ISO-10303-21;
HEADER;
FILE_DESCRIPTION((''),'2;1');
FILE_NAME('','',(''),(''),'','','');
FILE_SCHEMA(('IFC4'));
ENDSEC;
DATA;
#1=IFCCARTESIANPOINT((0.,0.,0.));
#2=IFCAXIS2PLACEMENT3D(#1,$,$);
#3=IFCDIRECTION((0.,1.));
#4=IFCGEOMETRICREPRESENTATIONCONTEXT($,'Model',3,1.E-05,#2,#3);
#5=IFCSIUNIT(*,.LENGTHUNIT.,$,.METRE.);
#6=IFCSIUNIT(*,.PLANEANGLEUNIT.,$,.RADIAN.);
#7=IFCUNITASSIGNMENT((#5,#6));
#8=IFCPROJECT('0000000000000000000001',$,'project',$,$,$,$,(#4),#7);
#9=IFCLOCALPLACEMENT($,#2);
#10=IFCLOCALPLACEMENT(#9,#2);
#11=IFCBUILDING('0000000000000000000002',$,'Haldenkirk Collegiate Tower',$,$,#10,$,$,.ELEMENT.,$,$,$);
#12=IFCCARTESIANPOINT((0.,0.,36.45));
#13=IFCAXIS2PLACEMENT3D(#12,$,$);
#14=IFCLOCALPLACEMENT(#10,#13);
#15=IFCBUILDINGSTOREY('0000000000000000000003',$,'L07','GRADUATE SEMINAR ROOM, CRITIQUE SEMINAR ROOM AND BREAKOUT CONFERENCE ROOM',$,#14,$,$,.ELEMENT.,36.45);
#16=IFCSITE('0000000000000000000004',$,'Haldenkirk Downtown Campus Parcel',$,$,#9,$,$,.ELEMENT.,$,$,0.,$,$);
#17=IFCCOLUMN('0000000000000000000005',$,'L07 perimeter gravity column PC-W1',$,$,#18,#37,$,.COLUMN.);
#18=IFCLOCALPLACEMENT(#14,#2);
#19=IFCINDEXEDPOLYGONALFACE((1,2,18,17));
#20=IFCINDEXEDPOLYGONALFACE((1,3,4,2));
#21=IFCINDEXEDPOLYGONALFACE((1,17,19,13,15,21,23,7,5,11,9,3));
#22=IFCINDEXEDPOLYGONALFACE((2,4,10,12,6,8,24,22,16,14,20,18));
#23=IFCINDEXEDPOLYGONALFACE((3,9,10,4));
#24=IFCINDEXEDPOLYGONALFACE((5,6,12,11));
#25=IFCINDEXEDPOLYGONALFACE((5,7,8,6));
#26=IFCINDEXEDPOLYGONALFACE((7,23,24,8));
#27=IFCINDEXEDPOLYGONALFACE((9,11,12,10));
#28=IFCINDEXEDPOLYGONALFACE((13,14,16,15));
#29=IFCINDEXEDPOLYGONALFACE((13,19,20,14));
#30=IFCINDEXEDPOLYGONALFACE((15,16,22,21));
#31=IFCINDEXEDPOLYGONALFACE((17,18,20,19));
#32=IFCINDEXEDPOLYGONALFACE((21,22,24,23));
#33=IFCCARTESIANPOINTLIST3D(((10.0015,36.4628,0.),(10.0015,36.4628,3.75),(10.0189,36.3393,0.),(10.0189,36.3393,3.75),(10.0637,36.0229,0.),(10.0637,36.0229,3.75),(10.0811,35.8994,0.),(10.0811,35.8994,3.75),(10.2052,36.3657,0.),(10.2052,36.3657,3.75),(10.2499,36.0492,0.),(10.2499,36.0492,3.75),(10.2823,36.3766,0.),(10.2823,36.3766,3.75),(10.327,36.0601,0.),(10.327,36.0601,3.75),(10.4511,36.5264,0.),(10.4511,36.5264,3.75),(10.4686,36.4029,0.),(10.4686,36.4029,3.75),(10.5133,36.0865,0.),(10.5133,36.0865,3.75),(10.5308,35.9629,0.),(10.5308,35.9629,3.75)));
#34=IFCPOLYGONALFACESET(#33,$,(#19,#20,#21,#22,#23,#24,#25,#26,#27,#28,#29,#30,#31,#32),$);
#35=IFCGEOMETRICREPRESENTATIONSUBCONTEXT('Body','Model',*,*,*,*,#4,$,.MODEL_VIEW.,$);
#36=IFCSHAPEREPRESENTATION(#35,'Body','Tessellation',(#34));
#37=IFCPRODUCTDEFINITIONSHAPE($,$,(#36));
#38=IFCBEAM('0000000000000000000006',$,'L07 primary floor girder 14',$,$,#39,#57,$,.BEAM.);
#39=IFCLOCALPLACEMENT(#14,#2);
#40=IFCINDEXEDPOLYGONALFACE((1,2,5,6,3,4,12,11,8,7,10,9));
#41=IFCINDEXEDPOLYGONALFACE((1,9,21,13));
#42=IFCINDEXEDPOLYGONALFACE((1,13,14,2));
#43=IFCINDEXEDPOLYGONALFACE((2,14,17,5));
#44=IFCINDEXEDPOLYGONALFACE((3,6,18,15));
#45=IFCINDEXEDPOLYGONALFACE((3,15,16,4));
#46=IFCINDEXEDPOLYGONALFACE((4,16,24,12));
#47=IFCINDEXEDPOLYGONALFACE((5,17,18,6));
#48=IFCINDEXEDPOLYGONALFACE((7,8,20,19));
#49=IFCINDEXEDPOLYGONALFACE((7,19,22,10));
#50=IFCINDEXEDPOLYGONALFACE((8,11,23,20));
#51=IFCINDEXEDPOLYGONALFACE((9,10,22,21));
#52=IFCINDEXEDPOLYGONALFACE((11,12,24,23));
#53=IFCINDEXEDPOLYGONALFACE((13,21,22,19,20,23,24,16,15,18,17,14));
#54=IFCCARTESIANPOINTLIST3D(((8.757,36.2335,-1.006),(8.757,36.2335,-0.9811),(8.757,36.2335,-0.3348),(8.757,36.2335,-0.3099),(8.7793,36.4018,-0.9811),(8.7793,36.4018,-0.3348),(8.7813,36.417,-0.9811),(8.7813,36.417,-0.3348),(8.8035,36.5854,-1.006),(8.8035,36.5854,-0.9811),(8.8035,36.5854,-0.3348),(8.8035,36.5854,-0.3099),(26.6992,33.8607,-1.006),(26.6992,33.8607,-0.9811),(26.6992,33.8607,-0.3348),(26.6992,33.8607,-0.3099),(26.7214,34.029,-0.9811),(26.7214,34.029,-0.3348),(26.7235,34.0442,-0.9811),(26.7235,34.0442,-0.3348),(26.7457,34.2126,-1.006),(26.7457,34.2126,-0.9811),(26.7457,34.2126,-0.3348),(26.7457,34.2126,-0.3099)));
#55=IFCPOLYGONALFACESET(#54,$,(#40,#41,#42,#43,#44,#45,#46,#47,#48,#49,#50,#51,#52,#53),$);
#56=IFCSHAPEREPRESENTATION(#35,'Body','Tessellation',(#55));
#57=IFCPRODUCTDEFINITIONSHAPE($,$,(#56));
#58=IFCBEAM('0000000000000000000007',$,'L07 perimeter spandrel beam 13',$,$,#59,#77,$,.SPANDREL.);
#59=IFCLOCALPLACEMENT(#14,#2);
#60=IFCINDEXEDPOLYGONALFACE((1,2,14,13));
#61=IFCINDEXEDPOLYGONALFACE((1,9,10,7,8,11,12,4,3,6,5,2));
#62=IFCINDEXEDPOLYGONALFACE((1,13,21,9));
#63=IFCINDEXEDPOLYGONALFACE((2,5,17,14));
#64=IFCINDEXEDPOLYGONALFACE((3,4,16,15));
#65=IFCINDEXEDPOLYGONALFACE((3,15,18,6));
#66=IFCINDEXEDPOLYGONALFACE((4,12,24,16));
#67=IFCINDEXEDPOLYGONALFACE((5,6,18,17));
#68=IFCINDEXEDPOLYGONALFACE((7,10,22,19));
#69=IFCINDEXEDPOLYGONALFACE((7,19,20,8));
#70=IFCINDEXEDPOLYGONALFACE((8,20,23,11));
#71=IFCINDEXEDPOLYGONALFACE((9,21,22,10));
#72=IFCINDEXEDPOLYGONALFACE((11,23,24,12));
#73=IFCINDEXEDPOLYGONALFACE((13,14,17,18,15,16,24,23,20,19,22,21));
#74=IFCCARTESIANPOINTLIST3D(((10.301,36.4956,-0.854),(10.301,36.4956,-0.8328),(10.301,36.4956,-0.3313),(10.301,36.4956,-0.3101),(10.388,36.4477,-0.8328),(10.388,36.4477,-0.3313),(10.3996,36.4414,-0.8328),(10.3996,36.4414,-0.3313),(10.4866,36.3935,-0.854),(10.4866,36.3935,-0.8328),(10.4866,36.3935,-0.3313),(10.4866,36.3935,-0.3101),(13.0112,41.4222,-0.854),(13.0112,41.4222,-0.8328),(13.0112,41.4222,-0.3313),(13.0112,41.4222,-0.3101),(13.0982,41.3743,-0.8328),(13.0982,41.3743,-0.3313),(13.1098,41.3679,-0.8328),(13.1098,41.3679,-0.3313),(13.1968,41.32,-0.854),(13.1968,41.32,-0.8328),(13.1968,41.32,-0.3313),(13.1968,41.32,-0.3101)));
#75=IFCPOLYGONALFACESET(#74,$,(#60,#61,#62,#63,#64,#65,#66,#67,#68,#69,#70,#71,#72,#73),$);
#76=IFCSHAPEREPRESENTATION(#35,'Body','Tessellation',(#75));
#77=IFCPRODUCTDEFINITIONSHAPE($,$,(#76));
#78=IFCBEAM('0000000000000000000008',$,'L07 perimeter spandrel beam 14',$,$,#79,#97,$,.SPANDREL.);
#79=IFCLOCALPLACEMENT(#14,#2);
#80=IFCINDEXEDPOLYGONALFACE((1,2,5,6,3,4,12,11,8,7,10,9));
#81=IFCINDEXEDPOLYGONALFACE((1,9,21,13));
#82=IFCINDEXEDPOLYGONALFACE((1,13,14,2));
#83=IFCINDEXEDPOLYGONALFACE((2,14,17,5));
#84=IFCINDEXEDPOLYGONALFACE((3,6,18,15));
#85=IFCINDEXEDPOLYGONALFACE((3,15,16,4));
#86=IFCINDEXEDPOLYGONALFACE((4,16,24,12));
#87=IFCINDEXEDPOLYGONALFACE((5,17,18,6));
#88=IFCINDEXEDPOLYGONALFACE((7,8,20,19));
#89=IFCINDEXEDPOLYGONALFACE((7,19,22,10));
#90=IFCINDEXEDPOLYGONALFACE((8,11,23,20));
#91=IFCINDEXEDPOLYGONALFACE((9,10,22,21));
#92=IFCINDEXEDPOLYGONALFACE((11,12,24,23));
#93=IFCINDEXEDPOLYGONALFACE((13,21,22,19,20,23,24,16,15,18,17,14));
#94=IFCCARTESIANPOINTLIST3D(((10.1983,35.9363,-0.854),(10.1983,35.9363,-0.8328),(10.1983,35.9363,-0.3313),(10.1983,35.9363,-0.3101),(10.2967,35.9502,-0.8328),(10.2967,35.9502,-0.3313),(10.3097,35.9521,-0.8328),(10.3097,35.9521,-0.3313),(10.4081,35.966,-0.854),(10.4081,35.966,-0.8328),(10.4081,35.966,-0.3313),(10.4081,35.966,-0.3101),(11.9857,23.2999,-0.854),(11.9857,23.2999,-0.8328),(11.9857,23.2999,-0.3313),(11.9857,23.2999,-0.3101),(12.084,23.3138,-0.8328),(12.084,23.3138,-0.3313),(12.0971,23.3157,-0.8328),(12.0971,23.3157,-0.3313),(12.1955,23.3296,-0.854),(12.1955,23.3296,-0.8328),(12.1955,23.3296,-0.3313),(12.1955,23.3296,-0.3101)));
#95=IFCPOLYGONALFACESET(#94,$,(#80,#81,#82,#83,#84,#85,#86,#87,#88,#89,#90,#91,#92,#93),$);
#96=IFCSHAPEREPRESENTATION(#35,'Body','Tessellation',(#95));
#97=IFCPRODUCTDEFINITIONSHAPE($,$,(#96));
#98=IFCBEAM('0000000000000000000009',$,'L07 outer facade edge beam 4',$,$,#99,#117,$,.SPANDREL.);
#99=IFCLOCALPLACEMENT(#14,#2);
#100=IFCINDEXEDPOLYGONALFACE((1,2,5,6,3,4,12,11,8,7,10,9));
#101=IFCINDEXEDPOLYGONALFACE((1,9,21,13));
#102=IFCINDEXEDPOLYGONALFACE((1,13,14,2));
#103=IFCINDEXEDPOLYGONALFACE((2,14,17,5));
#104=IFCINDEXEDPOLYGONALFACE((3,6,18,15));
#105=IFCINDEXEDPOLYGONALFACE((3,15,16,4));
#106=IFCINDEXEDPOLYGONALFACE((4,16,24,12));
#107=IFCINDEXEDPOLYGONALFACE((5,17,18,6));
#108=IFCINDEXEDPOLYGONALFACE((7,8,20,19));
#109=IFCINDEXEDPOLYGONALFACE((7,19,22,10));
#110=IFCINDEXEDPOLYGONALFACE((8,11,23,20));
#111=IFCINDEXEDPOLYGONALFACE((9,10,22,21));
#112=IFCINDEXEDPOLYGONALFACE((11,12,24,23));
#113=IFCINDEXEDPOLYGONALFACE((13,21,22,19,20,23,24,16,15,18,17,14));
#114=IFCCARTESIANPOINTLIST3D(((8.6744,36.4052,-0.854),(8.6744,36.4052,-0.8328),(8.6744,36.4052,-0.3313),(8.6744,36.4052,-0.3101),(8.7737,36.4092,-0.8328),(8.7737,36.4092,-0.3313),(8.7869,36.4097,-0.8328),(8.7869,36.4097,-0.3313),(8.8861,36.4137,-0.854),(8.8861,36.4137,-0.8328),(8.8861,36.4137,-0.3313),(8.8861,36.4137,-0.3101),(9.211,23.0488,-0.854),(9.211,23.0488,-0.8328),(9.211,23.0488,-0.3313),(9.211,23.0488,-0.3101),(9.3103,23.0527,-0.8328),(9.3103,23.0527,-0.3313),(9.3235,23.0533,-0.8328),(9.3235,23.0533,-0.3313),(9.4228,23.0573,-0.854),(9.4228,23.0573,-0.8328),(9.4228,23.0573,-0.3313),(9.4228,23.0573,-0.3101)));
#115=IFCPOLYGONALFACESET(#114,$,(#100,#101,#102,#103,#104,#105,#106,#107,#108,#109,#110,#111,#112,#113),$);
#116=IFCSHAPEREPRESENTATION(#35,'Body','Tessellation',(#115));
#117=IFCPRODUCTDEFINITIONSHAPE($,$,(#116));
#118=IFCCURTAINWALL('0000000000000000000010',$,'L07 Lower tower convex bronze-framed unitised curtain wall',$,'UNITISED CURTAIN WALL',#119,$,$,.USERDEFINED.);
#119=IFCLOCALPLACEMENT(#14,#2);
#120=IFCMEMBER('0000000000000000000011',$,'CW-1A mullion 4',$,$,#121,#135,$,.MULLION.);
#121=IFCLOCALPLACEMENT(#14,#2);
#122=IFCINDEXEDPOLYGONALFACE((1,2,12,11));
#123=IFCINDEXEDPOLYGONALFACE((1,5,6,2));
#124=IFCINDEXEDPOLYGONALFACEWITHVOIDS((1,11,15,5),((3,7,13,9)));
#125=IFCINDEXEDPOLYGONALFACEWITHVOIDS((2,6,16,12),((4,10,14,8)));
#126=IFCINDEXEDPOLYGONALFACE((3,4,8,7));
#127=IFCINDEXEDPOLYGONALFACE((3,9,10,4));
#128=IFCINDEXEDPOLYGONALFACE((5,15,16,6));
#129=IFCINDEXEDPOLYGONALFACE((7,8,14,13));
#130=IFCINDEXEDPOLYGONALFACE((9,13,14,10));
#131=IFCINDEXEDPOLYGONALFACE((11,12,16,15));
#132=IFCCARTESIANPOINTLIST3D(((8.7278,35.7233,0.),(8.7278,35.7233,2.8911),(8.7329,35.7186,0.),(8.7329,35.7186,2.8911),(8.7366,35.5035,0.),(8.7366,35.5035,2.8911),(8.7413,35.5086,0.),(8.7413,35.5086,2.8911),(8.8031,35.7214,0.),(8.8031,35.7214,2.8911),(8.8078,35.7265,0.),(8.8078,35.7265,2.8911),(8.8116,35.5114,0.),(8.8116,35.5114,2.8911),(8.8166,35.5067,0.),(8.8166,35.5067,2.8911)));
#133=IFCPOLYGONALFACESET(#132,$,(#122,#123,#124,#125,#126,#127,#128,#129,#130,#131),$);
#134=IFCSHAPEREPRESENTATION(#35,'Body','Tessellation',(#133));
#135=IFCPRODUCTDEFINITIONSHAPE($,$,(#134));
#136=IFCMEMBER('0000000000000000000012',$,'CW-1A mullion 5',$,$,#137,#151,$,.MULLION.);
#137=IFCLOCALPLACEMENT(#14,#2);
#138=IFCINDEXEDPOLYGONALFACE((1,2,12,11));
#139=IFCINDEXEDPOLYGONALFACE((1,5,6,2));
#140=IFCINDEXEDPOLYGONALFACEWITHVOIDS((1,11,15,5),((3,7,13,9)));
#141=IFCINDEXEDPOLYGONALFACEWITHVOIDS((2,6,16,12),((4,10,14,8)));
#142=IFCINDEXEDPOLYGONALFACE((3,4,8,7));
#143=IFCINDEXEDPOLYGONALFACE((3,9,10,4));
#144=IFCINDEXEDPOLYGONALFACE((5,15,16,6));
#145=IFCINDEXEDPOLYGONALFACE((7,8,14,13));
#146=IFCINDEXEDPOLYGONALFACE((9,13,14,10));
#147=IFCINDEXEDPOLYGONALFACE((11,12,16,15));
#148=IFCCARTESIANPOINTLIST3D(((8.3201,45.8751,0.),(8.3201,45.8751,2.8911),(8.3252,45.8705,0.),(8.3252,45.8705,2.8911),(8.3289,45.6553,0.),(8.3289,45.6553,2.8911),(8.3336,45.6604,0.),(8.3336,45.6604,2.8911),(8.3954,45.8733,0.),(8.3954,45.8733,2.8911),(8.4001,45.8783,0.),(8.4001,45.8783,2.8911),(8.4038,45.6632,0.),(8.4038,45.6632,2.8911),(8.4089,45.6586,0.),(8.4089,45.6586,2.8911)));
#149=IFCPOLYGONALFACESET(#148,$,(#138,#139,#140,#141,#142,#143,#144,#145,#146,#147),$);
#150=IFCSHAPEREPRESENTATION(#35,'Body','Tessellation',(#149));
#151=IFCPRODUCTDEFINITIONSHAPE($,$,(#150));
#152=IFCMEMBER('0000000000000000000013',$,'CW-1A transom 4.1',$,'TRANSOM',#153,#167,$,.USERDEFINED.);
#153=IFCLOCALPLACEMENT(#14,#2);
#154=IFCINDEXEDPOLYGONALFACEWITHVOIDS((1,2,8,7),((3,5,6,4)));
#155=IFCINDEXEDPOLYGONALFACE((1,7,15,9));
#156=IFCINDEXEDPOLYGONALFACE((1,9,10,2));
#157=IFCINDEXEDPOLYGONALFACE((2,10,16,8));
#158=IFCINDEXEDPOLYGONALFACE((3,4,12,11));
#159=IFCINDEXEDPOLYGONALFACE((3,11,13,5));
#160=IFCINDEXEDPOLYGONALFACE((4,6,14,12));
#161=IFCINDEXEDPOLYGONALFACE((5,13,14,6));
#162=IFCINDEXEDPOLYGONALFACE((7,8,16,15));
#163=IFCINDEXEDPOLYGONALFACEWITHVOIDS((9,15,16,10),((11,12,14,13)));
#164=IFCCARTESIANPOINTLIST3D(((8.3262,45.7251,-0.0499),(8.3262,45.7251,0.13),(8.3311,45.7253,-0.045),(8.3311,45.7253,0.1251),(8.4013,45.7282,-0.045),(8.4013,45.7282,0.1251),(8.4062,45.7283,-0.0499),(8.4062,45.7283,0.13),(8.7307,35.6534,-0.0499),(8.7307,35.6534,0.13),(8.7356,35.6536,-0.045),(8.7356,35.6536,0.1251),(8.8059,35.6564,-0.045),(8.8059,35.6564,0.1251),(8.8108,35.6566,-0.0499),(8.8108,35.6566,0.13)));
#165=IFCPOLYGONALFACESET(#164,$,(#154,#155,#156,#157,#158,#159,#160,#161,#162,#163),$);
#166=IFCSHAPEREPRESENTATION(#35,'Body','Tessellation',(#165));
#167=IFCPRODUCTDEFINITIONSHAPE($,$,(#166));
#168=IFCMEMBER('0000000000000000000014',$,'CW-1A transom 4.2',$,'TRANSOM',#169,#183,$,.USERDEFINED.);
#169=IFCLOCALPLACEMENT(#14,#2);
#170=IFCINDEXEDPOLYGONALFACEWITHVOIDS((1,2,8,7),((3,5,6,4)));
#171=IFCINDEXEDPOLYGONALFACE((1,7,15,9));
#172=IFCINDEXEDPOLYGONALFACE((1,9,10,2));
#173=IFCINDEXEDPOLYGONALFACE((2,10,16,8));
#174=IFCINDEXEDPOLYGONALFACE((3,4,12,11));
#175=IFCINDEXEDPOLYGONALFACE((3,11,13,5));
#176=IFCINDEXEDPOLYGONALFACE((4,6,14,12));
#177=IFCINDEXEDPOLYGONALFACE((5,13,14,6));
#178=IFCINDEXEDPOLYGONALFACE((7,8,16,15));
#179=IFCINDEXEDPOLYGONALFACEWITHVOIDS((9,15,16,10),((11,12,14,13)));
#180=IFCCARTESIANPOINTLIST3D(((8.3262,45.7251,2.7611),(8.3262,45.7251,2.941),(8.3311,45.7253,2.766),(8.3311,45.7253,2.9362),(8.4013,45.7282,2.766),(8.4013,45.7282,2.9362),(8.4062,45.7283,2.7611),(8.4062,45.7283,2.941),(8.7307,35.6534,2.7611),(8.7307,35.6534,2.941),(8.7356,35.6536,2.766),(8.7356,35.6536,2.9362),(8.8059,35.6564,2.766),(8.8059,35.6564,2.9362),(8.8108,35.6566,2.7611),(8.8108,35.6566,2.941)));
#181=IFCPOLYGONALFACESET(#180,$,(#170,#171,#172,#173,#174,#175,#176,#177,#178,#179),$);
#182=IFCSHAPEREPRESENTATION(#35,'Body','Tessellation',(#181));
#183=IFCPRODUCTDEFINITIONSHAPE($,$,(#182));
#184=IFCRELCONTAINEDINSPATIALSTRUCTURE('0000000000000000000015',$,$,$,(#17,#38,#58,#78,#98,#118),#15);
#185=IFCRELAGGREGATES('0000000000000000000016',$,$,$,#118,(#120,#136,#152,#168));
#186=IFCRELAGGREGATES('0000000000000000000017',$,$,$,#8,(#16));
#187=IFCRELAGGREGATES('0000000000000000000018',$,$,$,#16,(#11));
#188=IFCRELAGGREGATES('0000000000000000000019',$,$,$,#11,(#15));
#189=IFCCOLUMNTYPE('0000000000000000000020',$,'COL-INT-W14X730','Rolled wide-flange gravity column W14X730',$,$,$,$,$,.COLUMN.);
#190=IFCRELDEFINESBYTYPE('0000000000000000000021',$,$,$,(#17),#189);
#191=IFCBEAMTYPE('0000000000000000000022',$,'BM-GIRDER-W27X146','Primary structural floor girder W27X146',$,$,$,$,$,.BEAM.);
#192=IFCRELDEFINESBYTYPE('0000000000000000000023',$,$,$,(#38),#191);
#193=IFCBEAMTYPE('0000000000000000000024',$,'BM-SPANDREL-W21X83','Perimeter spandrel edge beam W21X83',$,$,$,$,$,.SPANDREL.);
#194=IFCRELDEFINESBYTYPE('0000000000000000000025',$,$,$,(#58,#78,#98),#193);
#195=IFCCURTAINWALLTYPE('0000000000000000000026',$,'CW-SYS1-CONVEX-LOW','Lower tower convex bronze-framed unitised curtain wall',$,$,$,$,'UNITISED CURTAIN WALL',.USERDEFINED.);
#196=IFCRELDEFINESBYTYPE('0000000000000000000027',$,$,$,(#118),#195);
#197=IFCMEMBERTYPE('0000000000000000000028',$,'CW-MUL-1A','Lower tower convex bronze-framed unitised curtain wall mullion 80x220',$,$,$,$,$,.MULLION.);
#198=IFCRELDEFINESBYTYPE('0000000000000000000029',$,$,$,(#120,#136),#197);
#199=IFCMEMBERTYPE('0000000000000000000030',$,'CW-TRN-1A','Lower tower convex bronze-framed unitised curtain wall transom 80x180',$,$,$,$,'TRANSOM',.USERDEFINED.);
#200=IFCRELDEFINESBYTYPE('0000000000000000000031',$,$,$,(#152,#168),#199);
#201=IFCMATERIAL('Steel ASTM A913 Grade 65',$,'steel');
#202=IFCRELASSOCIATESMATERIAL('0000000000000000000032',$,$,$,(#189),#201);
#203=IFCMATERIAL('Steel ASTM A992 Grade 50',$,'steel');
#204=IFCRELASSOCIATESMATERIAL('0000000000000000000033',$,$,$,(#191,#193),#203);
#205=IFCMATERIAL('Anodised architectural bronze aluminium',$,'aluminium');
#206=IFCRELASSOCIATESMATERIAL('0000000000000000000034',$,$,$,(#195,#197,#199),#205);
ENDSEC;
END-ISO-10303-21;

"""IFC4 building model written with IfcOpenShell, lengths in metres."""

from ifc_helpers import new_model, si_unit, direction, frame, origin, origin_2d, place, context, subcontext, project, spatial, hollow_rectangle, i_section, extrude, material, material_profile, profile_set, type_object, element, aggregate, save


model = new_model("IFC4")

# Units and contexts
model_context = context("Model", 3, precision=1e-05, world=origin(), true_north=direction((0.0, 1.0)))
body_context = subcontext(model_context, "Body", "Model", "MODEL_VIEW")
ifc_project = project(units=[si_unit("LENGTHUNIT", "METRE"), si_unit("PLANEANGLEUNIT", "RADIAN")], contexts=[model_context])

# Site, building, storey
site_placement = place(None, origin())
site = spatial("IfcSite", under=ifc_project, at=site_placement, Name="Haldenkirk Downtown Campus Parcel", CompositionType="ELEMENT", RefElevation=0.0)
building_placement = place(site_placement, origin())
building = spatial("IfcBuilding", under=site, at=building_placement, Name="Haldenkirk Collegiate Tower", CompositionType="ELEMENT")
storey_placement = place(building_placement, frame((0.0, 0.0, 36.45)))
storey = spatial("IfcBuildingStorey", under=building, at=storey_placement, Name="L07", Description="GRADUATE SEMINAR ROOM, CRITIQUE SEMINAR ROOM AND BREAKOUT CONFERENCE ROOM", CompositionType="ELEMENT", Elevation=36.45)

# Column
ifc_material_1 = material(Name="Steel ASTM A913 Grade 65", Category="steel")
ifc_material_profile_1 = material_profile(ifc_material_1, i_section(OverallWidth=0.4541, OverallDepth=0.5691, WebThickness=0.0779, FlangeThickness=0.1248, at=origin_2d()), Name="W14X730")
ifc_profile_set_1 = profile_set([ifc_material_profile_1], Name="Steel ASTM A913 Grade 65")
column_type = type_object("IfcColumnType", Name="COL-INT-W14X730", Description="Rolled wide-flange gravity column W14X730", PredefinedType="COLUMN", material=ifc_profile_set_1)
column_placement = place(storey_placement, frame((10.2661, 36.2129, 0.0), z_axis=(0.0, 0.0, 1.0), x_axis=(0.990146, 0.140037, 0.0)))
element("IfcColumn", 1, at=column_placement, inside=storey, type_object=column_type, Name="L07 perimeter gravity column PC-W1", PredefinedType="COLUMN", context=body_context, shape_type="SweptSolid", body=[
    extrude(i_section(OverallWidth=0.4541, OverallDepth=0.5691, WebThickness=0.0779, FlangeThickness=0.1248, at=origin_2d()), origin(), (0.0, 0.0, 1.0), 3.75),
])

# Beams
ifc_material_2 = material(Name="Steel ASTM A992 Grade 50", Category="steel")
ifc_material_profile_2 = material_profile(ifc_material_2, i_section(OverallWidth=0.355, OverallDepth=0.696, WebThickness=0.0154, FlangeThickness=0.0249, at=origin_2d()), Name="W27X146")
ifc_profile_set_2 = profile_set([ifc_material_profile_2], Name="Steel ASTM A992 Grade 50")
beam_type_1 = type_object("IfcBeamType", Name="BM-GIRDER-W27X146", Description="Primary structural floor girder W27X146", PredefinedType="BEAM", material=ifc_profile_set_2)
beam_1_placement = place(storey_placement, frame((8.7803, 36.4094, -0.658), z_axis=(0.991368, -0.131106, 0.0), x_axis=(0.131106, 0.991368, 0.0)))
element("IfcBeam", 2, at=beam_1_placement, inside=storey, type_object=beam_type_1, Name="L07 primary floor girder 14", PredefinedType="BEAM", context=body_context, shape_type="SweptSolid", body=[
    extrude(i_section(OverallWidth=0.355, OverallDepth=0.696, WebThickness=0.0154, FlangeThickness=0.0249, at=origin_2d()), origin(), (0.0, 0.0, 1.0), 18.0984),
])
ifc_material_profile_3 = material_profile(ifc_material_2, i_section(OverallWidth=0.2119, OverallDepth=0.5439, WebThickness=0.0132, FlangeThickness=0.0212, at=origin_2d()), Name="W21X83")
ifc_profile_set_3 = profile_set([ifc_material_profile_3], Name="Steel ASTM A992 Grade 50")
beam_type_2 = type_object("IfcBeamType", Name="BM-SPANDREL-W21X83", Description="Perimeter spandrel edge beam W21X83", PredefinedType="SPANDREL", material=ifc_profile_set_3)
beam_2_placement = place(storey_placement, frame((13.104, 41.3711, -0.582), z_axis=(-0.482004, -0.876169, 0.0), x_axis=(0.876169, -0.482004, 0.0)))
element("IfcBeam", 3, at=beam_2_placement, inside=storey, type_object=beam_type_2, Name="L07 perimeter spandrel beam 13", PredefinedType="SPANDREL", context=body_context, shape_type="SweptSolid", body=[
    extrude(i_section(OverallWidth=0.2119, OverallDepth=0.5439, WebThickness=0.0132, FlangeThickness=0.0212, at=origin_2d()), origin(), (0.0, 0.0, 1.0), 5.6228),
])
beam_3_placement = place(storey_placement, frame((10.3032, 35.9512, -0.582), z_axis=(0.14005, -0.990144, 0.0), x_axis=(0.990144, 0.14005, 0.0)))
element("IfcBeam", 4, at=beam_3_placement, inside=storey, type_object=beam_type_2, Name="L07 perimeter spandrel beam 14", PredefinedType="SPANDREL", context=body_context, shape_type="SweptSolid", body=[
    extrude(i_section(OverallWidth=0.2119, OverallDepth=0.5439, WebThickness=0.0132, FlangeThickness=0.0212, at=origin_2d()), origin(), (0.0, 0.0, 1.0), 12.7622),
])
beam_4_placement = place(storey_placement, frame((8.7803, 36.4094, -0.582), z_axis=(0.040145, -0.999194, 0.0), x_axis=(0.999194, 0.040145, 0.0)))
element("IfcBeam", 5, at=beam_4_placement, inside=storey, type_object=beam_type_2, Name="L07 outer facade edge beam 4", PredefinedType="SPANDREL", context=body_context, shape_type="SweptSolid", body=[
    extrude(i_section(OverallWidth=0.2119, OverallDepth=0.5439, WebThickness=0.0132, FlangeThickness=0.0212, at=origin_2d()), origin(), (0.0, 0.0, 1.0), 13.3672),
])

# Curtain wall, members
ifc_material_3 = material(Name="Anodised architectural bronze aluminium", Category="aluminium")
curtain_wall_type = type_object("IfcCurtainWallType", Name="CW-SYS1-CONVEX-LOW", Description="Lower tower convex bronze-framed unitised curtain wall", ElementType="UNITISED CURTAIN WALL", PredefinedType="USERDEFINED", material=ifc_material_3)
curtain_wall_placement = place(storey_placement, origin())
curtain_wall = element("IfcCurtainWall", 6, at=curtain_wall_placement, inside=storey, type_object=curtain_wall_type, Name="L07 Lower tower convex bronze-framed unitised curtain wall", ObjectType="UNITISED CURTAIN WALL", PredefinedType="USERDEFINED")
ifc_material_profile_4 = material_profile(ifc_material_3, hollow_rectangle(XDim=0.0801, YDim=0.22, WallThickness=0.0049, at=origin_2d()), Name="CW-MUL-1A")
ifc_profile_set_4 = profile_set([ifc_material_profile_4], Name="Anodised architectural bronze aluminium")
member_type_1 = type_object("IfcMemberType", Name="CW-MUL-1A", Description="Lower tower convex bronze-framed unitised curtain wall mullion 80x220", PredefinedType="MULLION", material=ifc_profile_set_4)
member_1_placement = place(storey_placement, frame((8.7722, 35.615, 0.0), z_axis=(0.0, 0.0, 1.0), x_axis=(-0.999194, -0.040132, 0.0)))
member_1 = element("IfcMember", 7, at=member_1_placement, type_object=member_type_1, Name="CW-1A mullion 4", PredefinedType="MULLION", context=body_context, shape_type="SweptSolid", body=[
    extrude(hollow_rectangle(XDim=0.0801, YDim=0.22, WallThickness=0.0049, at=origin_2d()), origin(), (0.0, 0.0, 1.0), 2.8911),
])
member_2_placement = place(storey_placement, frame((8.3645, 45.7668, 0.0), z_axis=(0.0, 0.0, 1.0), x_axis=(-0.999194, -0.040132, 0.0)))
member_2 = element("IfcMember", 8, at=member_2_placement, type_object=member_type_1, Name="CW-1A mullion 5", PredefinedType="MULLION", context=body_context, shape_type="SweptSolid", body=[
    extrude(hollow_rectangle(XDim=0.0801, YDim=0.22, WallThickness=0.0049, at=origin_2d()), origin(), (0.0, 0.0, 1.0), 2.8911),
])
ifc_material_profile_5 = material_profile(ifc_material_3, hollow_rectangle(XDim=0.0801, YDim=0.1799, WallThickness=0.0049, at=origin_2d()), Name="CW-TRN-1A")
ifc_profile_set_5 = profile_set([ifc_material_profile_5], Name="Anodised architectural bronze aluminium")
member_type_2 = type_object("IfcMemberType", Name="CW-TRN-1A", Description="Lower tower convex bronze-framed unitised curtain wall transom 80x180", ElementType="TRANSOM", PredefinedType="USERDEFINED", material=ifc_profile_set_5)
member_3_placement = place(storey_placement, frame((8.7708, 35.655, 0.04), z_axis=(-0.040133, 0.999194, 0.0), x_axis=(-0.999194, -0.040133, 0.0)))
member_3 = element("IfcMember", 9, at=member_3_placement, type_object=member_type_2, Name="CW-1A transom 4.1", ObjectType="TRANSOM", PredefinedType="USERDEFINED", context=body_context, shape_type="SweptSolid", body=[
    extrude(hollow_rectangle(XDim=0.0801, YDim=0.1799, WallThickness=0.0049, at=origin_2d()), origin(), (0.0, 0.0, 1.0), 10.0798),
])
member_4_placement = place(storey_placement, frame((8.7708, 35.655, 2.8511), z_axis=(-0.040133, 0.999194, 0.0), x_axis=(-0.999194, -0.040133, 0.0)))
member_4 = element("IfcMember", 10, at=member_4_placement, type_object=member_type_2, Name="CW-1A transom 4.2", ObjectType="TRANSOM", PredefinedType="USERDEFINED", context=body_context, shape_type="SweptSolid", body=[
    extrude(hollow_rectangle(XDim=0.0801, YDim=0.1799, WallThickness=0.0049, at=origin_2d()), origin(), (0.0, 0.0, 1.0), 10.0798),
])
aggregate(curtain_wall, [member_1, member_2, member_3, member_4])

save(model, "model.ifc")
